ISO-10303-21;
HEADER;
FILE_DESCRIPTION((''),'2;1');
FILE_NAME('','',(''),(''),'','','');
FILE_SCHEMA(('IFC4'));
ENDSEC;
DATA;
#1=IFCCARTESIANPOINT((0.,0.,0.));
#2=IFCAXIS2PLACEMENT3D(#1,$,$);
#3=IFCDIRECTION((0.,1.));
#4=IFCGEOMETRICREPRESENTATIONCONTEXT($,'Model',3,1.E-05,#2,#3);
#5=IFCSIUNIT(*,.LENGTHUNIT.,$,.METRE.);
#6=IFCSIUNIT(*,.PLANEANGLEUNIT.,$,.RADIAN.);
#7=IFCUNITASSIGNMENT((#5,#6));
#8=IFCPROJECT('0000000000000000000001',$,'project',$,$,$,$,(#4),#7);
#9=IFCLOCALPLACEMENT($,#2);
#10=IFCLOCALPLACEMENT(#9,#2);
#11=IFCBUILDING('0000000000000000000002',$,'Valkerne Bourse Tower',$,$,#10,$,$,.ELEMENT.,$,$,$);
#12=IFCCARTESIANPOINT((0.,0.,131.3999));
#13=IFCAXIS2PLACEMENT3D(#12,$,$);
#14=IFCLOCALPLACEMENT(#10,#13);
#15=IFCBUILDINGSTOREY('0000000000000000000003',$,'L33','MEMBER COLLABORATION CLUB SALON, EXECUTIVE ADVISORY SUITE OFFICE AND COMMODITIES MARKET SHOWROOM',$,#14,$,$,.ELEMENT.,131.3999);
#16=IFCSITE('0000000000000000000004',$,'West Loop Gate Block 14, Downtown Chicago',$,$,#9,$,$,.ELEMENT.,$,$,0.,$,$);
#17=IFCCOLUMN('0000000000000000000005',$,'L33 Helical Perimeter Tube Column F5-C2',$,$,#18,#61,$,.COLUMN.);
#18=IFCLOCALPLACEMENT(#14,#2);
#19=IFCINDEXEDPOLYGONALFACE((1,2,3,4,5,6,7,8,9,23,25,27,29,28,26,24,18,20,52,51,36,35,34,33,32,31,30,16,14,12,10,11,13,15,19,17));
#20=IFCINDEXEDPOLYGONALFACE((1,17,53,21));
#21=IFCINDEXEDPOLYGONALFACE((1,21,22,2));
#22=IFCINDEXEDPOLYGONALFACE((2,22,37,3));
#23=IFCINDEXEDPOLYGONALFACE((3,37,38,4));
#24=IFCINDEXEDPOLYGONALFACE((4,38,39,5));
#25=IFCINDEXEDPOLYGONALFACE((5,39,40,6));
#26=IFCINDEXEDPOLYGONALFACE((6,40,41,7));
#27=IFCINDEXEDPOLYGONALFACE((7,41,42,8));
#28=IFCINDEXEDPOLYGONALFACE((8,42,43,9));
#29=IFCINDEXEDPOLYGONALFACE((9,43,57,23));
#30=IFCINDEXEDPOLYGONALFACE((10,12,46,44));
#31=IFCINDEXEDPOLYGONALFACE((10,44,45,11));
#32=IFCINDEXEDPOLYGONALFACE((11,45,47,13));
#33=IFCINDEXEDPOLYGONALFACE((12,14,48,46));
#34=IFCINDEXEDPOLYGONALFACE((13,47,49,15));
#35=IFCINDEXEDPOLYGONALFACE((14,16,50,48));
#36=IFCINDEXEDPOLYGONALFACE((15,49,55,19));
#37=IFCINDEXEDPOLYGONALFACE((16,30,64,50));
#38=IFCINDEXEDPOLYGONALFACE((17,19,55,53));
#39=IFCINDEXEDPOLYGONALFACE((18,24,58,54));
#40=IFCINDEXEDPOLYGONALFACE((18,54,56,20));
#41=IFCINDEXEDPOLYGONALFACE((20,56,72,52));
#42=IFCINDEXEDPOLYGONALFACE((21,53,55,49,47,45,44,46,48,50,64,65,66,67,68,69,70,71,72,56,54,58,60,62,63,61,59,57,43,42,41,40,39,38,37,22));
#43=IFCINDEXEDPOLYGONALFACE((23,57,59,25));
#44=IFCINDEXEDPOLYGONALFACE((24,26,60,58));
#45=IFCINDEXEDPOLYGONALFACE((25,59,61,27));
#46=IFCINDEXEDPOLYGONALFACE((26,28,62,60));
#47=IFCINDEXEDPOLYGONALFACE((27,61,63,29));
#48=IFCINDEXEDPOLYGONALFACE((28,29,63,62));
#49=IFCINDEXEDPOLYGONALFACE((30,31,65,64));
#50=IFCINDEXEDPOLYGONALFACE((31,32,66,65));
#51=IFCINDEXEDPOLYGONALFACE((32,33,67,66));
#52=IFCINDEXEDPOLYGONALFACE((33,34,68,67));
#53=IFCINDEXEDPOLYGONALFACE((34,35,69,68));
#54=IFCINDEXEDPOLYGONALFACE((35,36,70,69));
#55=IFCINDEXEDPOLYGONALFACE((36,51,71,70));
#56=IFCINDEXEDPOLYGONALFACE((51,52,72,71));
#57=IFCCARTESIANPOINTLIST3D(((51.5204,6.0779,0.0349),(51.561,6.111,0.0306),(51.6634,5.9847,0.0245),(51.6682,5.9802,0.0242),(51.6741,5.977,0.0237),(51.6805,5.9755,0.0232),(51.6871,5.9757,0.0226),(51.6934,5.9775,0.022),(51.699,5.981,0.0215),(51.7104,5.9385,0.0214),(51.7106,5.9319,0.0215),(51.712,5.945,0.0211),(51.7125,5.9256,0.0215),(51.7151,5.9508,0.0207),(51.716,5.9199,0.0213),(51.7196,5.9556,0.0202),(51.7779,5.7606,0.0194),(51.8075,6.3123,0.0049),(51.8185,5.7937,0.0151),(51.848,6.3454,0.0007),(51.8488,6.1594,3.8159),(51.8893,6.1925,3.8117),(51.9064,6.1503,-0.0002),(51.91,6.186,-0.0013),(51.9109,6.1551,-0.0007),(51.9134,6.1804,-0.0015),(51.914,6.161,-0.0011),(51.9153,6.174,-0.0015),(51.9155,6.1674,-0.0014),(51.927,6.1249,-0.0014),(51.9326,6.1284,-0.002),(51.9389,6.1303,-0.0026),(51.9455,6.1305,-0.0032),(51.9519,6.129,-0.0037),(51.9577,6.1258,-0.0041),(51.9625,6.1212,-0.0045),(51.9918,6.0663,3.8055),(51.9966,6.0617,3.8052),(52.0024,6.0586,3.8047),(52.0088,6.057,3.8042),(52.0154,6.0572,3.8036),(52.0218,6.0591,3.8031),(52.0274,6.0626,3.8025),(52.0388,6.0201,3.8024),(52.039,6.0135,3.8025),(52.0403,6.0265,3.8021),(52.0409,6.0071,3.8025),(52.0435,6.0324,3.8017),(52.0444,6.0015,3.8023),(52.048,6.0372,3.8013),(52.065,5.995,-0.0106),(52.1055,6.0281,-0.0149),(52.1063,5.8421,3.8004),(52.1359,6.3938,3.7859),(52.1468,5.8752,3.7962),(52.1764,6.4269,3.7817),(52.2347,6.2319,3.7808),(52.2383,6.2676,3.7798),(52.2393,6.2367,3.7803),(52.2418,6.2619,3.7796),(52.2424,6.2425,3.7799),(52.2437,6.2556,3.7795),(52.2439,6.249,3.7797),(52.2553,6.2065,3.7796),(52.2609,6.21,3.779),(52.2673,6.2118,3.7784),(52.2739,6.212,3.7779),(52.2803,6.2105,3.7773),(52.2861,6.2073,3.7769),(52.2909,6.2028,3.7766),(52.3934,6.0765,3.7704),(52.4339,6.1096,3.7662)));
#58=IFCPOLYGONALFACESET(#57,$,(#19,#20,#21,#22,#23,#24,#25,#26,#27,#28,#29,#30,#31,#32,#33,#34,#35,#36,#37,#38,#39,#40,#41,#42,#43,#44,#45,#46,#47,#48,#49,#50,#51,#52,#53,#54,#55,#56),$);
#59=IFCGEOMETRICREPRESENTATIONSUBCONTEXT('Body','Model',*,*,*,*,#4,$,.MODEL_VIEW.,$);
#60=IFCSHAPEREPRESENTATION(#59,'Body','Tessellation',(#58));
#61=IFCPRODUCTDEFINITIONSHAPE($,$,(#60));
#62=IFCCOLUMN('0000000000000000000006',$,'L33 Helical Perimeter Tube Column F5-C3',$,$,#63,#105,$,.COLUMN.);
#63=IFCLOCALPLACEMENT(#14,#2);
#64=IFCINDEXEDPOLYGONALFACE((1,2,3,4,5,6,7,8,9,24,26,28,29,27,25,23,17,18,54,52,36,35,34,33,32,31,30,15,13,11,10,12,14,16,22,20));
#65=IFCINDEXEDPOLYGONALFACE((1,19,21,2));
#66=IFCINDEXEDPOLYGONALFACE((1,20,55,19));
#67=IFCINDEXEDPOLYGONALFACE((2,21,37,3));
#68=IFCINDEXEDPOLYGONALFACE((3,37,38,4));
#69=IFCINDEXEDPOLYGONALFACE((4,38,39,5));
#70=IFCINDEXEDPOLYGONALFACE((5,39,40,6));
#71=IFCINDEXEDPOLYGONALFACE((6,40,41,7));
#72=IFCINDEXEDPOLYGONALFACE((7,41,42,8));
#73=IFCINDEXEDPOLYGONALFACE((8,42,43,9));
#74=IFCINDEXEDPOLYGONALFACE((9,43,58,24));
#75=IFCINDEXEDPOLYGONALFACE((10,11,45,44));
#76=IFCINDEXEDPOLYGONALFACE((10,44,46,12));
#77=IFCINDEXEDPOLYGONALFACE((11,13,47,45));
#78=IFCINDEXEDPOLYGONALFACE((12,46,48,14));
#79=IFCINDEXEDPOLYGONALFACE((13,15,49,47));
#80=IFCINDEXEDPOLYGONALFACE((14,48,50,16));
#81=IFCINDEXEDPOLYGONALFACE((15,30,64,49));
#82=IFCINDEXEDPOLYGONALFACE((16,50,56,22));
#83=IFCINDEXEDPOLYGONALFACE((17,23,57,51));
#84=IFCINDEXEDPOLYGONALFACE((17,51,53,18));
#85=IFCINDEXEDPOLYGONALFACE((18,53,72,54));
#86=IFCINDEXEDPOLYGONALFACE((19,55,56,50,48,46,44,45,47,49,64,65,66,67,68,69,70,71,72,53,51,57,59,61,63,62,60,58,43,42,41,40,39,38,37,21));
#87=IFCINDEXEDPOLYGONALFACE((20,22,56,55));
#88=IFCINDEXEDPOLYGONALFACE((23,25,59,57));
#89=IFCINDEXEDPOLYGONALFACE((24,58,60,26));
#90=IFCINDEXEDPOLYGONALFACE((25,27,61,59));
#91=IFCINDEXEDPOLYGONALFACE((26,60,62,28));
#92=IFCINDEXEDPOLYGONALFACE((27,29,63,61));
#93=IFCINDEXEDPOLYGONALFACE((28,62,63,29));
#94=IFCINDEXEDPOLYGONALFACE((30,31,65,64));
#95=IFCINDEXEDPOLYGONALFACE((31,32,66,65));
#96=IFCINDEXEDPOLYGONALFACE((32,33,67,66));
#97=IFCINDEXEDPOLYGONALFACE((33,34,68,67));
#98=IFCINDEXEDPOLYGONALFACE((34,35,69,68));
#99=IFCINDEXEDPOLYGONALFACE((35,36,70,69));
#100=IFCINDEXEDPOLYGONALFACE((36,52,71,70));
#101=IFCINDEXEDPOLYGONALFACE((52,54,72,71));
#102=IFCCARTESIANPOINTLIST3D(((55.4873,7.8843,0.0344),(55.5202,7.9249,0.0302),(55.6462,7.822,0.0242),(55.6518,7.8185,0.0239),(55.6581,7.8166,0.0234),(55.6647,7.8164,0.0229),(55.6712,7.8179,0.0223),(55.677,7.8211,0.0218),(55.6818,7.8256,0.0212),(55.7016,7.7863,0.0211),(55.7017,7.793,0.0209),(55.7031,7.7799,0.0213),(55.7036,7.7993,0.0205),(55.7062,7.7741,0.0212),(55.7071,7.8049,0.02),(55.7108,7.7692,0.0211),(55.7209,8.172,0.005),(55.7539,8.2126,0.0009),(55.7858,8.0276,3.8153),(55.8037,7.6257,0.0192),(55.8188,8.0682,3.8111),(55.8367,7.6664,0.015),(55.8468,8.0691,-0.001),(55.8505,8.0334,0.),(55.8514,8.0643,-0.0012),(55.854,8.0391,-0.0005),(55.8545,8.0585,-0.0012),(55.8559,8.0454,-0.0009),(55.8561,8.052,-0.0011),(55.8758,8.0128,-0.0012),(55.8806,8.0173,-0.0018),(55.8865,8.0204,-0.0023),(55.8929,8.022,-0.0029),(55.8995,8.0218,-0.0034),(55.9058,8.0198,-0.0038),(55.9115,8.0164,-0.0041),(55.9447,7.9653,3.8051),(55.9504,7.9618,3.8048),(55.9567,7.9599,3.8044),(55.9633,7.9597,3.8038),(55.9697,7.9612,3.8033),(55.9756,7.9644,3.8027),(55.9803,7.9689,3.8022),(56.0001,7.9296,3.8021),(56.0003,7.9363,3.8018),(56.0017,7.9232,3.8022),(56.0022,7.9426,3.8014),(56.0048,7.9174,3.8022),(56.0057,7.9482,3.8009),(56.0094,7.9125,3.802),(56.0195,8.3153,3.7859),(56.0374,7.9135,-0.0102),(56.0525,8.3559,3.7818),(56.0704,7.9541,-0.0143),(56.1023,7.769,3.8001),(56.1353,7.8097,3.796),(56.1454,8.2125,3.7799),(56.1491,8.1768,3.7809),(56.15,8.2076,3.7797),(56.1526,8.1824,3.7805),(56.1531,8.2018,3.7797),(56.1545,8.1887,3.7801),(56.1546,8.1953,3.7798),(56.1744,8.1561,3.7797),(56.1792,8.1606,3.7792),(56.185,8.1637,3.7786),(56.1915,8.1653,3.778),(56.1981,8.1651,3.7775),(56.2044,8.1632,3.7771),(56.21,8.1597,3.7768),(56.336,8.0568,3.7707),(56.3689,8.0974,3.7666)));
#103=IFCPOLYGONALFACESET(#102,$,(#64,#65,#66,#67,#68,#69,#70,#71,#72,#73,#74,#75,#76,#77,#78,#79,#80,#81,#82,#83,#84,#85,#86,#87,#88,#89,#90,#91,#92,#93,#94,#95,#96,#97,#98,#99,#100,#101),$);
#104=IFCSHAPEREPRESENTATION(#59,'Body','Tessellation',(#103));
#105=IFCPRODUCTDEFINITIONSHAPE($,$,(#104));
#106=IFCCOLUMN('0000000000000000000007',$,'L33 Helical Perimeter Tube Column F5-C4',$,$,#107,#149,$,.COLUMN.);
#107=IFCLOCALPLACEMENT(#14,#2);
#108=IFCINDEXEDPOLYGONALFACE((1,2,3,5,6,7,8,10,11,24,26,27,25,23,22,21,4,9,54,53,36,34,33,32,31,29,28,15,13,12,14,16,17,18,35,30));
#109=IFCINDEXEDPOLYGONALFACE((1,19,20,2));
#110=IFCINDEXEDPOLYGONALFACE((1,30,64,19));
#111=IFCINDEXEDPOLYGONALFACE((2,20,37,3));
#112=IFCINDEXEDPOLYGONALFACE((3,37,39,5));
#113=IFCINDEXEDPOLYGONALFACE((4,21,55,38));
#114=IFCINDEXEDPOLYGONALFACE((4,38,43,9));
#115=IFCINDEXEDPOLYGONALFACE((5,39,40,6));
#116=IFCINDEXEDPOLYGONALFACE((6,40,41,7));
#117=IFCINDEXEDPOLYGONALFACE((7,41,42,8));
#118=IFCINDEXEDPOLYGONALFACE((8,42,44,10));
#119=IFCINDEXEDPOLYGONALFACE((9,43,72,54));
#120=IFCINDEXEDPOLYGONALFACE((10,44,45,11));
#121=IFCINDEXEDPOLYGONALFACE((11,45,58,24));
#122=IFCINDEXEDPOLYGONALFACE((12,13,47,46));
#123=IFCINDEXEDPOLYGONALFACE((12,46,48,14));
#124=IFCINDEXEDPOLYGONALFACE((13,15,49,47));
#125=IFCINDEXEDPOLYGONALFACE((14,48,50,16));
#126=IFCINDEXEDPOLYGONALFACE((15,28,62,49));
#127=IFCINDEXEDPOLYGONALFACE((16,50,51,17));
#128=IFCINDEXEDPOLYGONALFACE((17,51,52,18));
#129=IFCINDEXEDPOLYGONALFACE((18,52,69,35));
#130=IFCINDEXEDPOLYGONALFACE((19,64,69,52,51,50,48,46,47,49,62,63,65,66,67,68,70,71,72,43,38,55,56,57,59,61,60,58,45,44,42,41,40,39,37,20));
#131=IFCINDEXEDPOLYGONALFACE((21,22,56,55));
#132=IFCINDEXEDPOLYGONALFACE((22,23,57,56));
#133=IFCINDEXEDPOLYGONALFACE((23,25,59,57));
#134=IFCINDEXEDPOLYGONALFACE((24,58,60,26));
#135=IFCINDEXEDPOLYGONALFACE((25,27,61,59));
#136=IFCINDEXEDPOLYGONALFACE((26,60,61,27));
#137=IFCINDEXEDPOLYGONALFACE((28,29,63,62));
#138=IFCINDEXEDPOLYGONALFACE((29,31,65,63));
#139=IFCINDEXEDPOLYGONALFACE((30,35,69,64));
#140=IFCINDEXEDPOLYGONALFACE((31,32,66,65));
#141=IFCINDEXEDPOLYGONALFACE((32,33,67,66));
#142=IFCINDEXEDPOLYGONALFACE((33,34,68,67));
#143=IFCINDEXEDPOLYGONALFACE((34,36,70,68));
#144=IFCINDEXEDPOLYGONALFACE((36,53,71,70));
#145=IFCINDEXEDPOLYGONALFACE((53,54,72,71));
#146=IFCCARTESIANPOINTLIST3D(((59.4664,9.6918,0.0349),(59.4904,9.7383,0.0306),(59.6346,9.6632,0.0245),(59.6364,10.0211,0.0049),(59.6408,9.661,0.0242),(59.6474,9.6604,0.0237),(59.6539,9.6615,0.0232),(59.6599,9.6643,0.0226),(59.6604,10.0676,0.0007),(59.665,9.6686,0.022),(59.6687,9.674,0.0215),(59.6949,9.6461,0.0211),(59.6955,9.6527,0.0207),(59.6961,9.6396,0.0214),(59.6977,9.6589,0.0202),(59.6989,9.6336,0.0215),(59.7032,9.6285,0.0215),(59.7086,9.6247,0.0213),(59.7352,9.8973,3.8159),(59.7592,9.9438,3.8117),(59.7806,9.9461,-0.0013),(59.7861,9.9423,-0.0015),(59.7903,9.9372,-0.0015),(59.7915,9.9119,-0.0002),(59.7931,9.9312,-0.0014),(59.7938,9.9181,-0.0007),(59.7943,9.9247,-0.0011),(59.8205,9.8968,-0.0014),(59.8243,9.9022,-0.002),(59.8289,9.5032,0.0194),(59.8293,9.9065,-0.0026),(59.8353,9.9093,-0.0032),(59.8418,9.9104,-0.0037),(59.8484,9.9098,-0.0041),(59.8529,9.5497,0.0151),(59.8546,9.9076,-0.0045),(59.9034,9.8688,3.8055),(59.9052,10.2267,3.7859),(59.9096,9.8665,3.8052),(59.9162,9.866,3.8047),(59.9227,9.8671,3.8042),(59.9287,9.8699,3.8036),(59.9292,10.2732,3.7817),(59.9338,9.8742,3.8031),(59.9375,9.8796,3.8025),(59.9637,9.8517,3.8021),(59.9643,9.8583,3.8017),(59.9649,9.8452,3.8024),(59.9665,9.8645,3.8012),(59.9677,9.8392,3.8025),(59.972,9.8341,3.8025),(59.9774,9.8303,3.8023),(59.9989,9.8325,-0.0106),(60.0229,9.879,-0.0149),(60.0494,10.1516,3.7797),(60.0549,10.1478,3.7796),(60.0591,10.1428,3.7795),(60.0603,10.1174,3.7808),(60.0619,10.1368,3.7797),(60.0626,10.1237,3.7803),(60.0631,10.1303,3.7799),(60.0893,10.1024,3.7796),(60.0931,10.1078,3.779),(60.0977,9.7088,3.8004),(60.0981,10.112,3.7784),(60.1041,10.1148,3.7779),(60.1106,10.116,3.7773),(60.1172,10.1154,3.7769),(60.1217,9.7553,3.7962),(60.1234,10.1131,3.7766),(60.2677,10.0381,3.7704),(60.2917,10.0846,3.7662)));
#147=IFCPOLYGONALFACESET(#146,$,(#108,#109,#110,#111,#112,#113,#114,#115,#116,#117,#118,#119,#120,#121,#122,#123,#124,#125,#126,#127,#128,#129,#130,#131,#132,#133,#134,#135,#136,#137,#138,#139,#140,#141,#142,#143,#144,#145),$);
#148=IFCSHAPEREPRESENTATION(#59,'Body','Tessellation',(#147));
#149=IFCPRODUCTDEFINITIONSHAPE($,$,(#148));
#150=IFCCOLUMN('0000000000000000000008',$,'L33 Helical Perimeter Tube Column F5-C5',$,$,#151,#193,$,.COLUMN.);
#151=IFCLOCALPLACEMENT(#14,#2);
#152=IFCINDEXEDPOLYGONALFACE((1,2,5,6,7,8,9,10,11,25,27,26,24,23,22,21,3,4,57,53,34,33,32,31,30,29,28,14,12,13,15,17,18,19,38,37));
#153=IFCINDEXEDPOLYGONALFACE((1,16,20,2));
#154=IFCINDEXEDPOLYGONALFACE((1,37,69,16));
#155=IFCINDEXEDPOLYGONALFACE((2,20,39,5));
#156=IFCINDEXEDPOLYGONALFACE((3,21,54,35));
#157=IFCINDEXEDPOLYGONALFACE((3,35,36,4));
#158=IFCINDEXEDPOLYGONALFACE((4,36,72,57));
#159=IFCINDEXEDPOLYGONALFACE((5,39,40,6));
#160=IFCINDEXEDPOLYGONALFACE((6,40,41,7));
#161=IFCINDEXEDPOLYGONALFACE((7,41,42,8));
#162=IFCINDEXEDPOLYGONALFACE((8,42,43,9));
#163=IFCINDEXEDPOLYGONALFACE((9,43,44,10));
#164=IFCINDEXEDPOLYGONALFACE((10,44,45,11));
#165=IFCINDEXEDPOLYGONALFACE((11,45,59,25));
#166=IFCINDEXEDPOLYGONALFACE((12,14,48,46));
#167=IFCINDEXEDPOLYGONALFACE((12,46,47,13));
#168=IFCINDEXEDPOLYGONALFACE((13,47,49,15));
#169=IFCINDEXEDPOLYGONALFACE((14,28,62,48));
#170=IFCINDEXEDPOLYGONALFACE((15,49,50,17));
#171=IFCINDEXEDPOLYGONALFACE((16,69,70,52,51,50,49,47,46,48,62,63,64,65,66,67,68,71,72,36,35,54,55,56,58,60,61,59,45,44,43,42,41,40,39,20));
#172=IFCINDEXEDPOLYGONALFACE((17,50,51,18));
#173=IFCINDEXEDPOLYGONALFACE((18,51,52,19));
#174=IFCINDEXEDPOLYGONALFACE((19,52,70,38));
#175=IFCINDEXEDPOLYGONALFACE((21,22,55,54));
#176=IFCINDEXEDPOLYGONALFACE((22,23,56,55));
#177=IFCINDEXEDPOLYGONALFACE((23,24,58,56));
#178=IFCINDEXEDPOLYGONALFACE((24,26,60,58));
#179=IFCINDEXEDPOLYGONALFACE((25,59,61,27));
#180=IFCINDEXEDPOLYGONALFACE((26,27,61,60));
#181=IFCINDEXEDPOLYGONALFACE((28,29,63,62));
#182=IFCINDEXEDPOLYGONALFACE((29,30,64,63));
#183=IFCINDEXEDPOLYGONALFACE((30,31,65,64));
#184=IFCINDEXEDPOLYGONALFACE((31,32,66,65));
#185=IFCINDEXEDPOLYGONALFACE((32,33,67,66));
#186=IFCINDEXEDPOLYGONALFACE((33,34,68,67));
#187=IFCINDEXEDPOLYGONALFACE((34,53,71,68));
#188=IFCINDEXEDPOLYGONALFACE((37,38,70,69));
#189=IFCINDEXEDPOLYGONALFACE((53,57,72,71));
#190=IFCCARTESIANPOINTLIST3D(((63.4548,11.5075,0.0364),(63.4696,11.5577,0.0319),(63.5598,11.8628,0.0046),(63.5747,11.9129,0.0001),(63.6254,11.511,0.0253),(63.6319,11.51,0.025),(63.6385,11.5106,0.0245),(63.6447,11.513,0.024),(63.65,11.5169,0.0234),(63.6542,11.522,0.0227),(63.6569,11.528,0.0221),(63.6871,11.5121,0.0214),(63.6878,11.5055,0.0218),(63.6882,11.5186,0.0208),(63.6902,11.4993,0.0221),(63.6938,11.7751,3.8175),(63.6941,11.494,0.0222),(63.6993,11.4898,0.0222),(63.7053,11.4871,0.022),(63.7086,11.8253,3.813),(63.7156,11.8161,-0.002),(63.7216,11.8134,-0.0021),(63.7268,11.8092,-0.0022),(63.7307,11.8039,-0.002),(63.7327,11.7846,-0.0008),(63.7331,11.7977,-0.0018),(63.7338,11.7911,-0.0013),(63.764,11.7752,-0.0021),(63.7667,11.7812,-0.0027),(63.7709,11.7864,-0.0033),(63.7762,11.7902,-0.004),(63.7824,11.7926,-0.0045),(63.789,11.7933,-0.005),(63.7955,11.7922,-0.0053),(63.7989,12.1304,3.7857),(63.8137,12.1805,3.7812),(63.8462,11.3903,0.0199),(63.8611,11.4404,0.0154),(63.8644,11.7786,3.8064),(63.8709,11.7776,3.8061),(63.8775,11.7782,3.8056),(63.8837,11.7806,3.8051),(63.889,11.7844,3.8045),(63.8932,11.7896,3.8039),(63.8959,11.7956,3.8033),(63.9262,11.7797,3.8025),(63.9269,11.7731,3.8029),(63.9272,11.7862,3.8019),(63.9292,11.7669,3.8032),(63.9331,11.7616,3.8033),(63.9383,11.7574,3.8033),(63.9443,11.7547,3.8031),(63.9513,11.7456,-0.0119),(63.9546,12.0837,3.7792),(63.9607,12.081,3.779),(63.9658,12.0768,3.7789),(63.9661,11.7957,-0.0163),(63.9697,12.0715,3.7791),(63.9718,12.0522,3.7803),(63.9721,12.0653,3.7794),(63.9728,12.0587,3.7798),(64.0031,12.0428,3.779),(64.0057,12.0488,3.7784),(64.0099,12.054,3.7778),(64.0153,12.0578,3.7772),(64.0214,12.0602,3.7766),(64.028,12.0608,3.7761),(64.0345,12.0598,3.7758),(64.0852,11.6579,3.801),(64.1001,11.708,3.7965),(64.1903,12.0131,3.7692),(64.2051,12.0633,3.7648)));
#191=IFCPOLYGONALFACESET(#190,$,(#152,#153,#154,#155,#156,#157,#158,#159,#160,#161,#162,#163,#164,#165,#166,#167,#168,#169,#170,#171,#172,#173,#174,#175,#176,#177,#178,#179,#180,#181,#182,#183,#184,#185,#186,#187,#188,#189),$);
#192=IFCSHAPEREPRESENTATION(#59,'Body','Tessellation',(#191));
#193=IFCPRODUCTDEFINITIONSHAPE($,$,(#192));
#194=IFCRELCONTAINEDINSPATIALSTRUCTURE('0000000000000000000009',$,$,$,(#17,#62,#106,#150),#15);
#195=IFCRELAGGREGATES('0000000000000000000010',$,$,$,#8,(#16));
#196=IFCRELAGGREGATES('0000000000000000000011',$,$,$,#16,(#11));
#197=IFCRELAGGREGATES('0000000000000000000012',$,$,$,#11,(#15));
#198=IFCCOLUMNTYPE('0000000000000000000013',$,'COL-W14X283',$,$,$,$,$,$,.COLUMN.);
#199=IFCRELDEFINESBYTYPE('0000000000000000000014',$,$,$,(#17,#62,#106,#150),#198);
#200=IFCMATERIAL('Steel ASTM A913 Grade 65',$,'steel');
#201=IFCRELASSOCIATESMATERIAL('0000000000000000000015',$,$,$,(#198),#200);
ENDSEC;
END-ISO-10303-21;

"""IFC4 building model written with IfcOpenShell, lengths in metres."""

from ifc_helpers import new_model, si_unit, direction, frame, origin, origin_2d, place, context, subcontext, project, spatial, i_section, extrude, material, material_profile, profile_set, type_object, element, save


model = new_model("IFC4")

# Units and contexts
model_context = context("Model", 3, precision=1e-05, world=origin(), true_north=direction((0.0, 1.0)))
body_context = subcontext(model_context, "Body", "Model", "MODEL_VIEW")
ifc_project = project(units=[si_unit("LENGTHUNIT", "METRE"), si_unit("PLANEANGLEUNIT", "RADIAN")], contexts=[model_context])

# Site, building, storey
site_placement = place(None, origin())
site = spatial("IfcSite", under=ifc_project, at=site_placement, Name="West Loop Gate Block 14, Downtown Chicago", CompositionType="ELEMENT", RefElevation=0.0)
building_placement = place(site_placement, origin())
building = spatial("IfcBuilding", under=site, at=building_placement, Name="Valkerne Bourse Tower", CompositionType="ELEMENT")
storey_placement = place(building_placement, frame((0.0, 0.0, 131.3999)))
storey = spatial("IfcBuildingStorey", under=building, at=storey_placement, Name="L33", Description="MEMBER COLLABORATION CLUB SALON, EXECUTIVE ADVISORY SUITE OFFICE AND COMMODITIES MARKET SHOWROOM", CompositionType="ELEMENT", Elevation=131.3999)

# Columns
ifc_material_1 = material(Name="Steel ASTM A913 Grade 65", Category="steel")
ifc_material_profile_1 = material_profile(ifc_material_1, i_section(OverallWidth=0.4089, OverallDepth=0.4243, WebThickness=0.0327, FlangeThickness=0.0525, FilletRadius=0.0254, at=origin_2d()), Name="W14X283")
ifc_profile_set_1 = profile_set([ifc_material_profile_1], Name="Steel ASTM A913 Grade 65")
column_type = type_object("IfcColumnType", Name="COL-W14X283", PredefinedType="COLUMN", material=ifc_profile_set_1)
column_1_placement = place(storey_placement, frame((51.813, 6.053, 0.01), z_axis=(0.086501, 0.021481, 0.99602), x_axis=(-0.629654, 0.775948, 0.037949)))
element("IfcColumn", 1, at=column_1_placement, inside=storey, type_object=column_type, Name="L33 Helical Perimeter Tube Column F5-C2", PredefinedType="COLUMN", context=body_context, shape_type="SweptSolid", body=[
    extrude(i_section(OverallWidth=0.4089, OverallDepth=0.4243, WebThickness=0.0327, FlangeThickness=0.0525, FilletRadius=0.0254, at=origin_2d()), origin(), (0.0, 0.0, 1.0), 3.7961),
])
column_2_placement = place(storey_placement, frame((55.7788, 7.9192, 0.01), z_axis=(0.078668, 0.037758, 0.996186), x_axis=(-0.773916, 0.632198, 0.037154)))
element("IfcColumn", 2, at=column_2_placement, inside=storey, type_object=column_type, Name="L33 Helical Perimeter Tube Column F5-C3", PredefinedType="COLUMN", context=body_context, shape_type="SweptSolid", body=[
    extrude(i_section(OverallWidth=0.4089, OverallDepth=0.4243, WebThickness=0.0327, FlangeThickness=0.0525, FilletRadius=0.0254, at=origin_2d()), origin(), (0.0, 0.0, 1.0), 3.7954),
])
column_3_placement = place(storey_placement, frame((59.7446, 9.7854, 0.01), z_axis=(0.070809, 0.054152, 0.996019), x_axis=(-0.886527, 0.461117, 0.037955)))
element("IfcColumn", 3, at=column_3_placement, inside=storey, type_object=column_type, Name="L33 Helical Perimeter Tube Column F5-C4", PredefinedType="COLUMN", context=body_context, shape_type="SweptSolid", body=[
    extrude(i_section(OverallWidth=0.4089, OverallDepth=0.4243, WebThickness=0.0327, FlangeThickness=0.0525, FilletRadius=0.0254, at=origin_2d()), origin(), (0.0, 0.0, 1.0), 3.7961),
])
for number, where, z_axis, x_axis, name in (
    (4, (63.7104, 11.6516, 0.01), (0.062932, 0.070453, 0.995528), (-0.95719, 0.286653, 0.040222), "L33 Helical Perimeter Tube Column F5-C5"),
):
    element("IfcColumn", number, at=place(storey_placement, frame(where, z_axis=z_axis, x_axis=x_axis)), inside=storey, type_object=column_type, Name=name, PredefinedType="COLUMN", context=body_context, shape_type="SweptSolid", body=[
        extrude(i_section(OverallWidth=0.4089, OverallDepth=0.4243, WebThickness=0.0327, FlangeThickness=0.0525, FilletRadius=0.0254, at=origin_2d()), origin(), (0.0, 0.0, 1.0), 3.7981),
    ])

save(model, "model.ifc")
